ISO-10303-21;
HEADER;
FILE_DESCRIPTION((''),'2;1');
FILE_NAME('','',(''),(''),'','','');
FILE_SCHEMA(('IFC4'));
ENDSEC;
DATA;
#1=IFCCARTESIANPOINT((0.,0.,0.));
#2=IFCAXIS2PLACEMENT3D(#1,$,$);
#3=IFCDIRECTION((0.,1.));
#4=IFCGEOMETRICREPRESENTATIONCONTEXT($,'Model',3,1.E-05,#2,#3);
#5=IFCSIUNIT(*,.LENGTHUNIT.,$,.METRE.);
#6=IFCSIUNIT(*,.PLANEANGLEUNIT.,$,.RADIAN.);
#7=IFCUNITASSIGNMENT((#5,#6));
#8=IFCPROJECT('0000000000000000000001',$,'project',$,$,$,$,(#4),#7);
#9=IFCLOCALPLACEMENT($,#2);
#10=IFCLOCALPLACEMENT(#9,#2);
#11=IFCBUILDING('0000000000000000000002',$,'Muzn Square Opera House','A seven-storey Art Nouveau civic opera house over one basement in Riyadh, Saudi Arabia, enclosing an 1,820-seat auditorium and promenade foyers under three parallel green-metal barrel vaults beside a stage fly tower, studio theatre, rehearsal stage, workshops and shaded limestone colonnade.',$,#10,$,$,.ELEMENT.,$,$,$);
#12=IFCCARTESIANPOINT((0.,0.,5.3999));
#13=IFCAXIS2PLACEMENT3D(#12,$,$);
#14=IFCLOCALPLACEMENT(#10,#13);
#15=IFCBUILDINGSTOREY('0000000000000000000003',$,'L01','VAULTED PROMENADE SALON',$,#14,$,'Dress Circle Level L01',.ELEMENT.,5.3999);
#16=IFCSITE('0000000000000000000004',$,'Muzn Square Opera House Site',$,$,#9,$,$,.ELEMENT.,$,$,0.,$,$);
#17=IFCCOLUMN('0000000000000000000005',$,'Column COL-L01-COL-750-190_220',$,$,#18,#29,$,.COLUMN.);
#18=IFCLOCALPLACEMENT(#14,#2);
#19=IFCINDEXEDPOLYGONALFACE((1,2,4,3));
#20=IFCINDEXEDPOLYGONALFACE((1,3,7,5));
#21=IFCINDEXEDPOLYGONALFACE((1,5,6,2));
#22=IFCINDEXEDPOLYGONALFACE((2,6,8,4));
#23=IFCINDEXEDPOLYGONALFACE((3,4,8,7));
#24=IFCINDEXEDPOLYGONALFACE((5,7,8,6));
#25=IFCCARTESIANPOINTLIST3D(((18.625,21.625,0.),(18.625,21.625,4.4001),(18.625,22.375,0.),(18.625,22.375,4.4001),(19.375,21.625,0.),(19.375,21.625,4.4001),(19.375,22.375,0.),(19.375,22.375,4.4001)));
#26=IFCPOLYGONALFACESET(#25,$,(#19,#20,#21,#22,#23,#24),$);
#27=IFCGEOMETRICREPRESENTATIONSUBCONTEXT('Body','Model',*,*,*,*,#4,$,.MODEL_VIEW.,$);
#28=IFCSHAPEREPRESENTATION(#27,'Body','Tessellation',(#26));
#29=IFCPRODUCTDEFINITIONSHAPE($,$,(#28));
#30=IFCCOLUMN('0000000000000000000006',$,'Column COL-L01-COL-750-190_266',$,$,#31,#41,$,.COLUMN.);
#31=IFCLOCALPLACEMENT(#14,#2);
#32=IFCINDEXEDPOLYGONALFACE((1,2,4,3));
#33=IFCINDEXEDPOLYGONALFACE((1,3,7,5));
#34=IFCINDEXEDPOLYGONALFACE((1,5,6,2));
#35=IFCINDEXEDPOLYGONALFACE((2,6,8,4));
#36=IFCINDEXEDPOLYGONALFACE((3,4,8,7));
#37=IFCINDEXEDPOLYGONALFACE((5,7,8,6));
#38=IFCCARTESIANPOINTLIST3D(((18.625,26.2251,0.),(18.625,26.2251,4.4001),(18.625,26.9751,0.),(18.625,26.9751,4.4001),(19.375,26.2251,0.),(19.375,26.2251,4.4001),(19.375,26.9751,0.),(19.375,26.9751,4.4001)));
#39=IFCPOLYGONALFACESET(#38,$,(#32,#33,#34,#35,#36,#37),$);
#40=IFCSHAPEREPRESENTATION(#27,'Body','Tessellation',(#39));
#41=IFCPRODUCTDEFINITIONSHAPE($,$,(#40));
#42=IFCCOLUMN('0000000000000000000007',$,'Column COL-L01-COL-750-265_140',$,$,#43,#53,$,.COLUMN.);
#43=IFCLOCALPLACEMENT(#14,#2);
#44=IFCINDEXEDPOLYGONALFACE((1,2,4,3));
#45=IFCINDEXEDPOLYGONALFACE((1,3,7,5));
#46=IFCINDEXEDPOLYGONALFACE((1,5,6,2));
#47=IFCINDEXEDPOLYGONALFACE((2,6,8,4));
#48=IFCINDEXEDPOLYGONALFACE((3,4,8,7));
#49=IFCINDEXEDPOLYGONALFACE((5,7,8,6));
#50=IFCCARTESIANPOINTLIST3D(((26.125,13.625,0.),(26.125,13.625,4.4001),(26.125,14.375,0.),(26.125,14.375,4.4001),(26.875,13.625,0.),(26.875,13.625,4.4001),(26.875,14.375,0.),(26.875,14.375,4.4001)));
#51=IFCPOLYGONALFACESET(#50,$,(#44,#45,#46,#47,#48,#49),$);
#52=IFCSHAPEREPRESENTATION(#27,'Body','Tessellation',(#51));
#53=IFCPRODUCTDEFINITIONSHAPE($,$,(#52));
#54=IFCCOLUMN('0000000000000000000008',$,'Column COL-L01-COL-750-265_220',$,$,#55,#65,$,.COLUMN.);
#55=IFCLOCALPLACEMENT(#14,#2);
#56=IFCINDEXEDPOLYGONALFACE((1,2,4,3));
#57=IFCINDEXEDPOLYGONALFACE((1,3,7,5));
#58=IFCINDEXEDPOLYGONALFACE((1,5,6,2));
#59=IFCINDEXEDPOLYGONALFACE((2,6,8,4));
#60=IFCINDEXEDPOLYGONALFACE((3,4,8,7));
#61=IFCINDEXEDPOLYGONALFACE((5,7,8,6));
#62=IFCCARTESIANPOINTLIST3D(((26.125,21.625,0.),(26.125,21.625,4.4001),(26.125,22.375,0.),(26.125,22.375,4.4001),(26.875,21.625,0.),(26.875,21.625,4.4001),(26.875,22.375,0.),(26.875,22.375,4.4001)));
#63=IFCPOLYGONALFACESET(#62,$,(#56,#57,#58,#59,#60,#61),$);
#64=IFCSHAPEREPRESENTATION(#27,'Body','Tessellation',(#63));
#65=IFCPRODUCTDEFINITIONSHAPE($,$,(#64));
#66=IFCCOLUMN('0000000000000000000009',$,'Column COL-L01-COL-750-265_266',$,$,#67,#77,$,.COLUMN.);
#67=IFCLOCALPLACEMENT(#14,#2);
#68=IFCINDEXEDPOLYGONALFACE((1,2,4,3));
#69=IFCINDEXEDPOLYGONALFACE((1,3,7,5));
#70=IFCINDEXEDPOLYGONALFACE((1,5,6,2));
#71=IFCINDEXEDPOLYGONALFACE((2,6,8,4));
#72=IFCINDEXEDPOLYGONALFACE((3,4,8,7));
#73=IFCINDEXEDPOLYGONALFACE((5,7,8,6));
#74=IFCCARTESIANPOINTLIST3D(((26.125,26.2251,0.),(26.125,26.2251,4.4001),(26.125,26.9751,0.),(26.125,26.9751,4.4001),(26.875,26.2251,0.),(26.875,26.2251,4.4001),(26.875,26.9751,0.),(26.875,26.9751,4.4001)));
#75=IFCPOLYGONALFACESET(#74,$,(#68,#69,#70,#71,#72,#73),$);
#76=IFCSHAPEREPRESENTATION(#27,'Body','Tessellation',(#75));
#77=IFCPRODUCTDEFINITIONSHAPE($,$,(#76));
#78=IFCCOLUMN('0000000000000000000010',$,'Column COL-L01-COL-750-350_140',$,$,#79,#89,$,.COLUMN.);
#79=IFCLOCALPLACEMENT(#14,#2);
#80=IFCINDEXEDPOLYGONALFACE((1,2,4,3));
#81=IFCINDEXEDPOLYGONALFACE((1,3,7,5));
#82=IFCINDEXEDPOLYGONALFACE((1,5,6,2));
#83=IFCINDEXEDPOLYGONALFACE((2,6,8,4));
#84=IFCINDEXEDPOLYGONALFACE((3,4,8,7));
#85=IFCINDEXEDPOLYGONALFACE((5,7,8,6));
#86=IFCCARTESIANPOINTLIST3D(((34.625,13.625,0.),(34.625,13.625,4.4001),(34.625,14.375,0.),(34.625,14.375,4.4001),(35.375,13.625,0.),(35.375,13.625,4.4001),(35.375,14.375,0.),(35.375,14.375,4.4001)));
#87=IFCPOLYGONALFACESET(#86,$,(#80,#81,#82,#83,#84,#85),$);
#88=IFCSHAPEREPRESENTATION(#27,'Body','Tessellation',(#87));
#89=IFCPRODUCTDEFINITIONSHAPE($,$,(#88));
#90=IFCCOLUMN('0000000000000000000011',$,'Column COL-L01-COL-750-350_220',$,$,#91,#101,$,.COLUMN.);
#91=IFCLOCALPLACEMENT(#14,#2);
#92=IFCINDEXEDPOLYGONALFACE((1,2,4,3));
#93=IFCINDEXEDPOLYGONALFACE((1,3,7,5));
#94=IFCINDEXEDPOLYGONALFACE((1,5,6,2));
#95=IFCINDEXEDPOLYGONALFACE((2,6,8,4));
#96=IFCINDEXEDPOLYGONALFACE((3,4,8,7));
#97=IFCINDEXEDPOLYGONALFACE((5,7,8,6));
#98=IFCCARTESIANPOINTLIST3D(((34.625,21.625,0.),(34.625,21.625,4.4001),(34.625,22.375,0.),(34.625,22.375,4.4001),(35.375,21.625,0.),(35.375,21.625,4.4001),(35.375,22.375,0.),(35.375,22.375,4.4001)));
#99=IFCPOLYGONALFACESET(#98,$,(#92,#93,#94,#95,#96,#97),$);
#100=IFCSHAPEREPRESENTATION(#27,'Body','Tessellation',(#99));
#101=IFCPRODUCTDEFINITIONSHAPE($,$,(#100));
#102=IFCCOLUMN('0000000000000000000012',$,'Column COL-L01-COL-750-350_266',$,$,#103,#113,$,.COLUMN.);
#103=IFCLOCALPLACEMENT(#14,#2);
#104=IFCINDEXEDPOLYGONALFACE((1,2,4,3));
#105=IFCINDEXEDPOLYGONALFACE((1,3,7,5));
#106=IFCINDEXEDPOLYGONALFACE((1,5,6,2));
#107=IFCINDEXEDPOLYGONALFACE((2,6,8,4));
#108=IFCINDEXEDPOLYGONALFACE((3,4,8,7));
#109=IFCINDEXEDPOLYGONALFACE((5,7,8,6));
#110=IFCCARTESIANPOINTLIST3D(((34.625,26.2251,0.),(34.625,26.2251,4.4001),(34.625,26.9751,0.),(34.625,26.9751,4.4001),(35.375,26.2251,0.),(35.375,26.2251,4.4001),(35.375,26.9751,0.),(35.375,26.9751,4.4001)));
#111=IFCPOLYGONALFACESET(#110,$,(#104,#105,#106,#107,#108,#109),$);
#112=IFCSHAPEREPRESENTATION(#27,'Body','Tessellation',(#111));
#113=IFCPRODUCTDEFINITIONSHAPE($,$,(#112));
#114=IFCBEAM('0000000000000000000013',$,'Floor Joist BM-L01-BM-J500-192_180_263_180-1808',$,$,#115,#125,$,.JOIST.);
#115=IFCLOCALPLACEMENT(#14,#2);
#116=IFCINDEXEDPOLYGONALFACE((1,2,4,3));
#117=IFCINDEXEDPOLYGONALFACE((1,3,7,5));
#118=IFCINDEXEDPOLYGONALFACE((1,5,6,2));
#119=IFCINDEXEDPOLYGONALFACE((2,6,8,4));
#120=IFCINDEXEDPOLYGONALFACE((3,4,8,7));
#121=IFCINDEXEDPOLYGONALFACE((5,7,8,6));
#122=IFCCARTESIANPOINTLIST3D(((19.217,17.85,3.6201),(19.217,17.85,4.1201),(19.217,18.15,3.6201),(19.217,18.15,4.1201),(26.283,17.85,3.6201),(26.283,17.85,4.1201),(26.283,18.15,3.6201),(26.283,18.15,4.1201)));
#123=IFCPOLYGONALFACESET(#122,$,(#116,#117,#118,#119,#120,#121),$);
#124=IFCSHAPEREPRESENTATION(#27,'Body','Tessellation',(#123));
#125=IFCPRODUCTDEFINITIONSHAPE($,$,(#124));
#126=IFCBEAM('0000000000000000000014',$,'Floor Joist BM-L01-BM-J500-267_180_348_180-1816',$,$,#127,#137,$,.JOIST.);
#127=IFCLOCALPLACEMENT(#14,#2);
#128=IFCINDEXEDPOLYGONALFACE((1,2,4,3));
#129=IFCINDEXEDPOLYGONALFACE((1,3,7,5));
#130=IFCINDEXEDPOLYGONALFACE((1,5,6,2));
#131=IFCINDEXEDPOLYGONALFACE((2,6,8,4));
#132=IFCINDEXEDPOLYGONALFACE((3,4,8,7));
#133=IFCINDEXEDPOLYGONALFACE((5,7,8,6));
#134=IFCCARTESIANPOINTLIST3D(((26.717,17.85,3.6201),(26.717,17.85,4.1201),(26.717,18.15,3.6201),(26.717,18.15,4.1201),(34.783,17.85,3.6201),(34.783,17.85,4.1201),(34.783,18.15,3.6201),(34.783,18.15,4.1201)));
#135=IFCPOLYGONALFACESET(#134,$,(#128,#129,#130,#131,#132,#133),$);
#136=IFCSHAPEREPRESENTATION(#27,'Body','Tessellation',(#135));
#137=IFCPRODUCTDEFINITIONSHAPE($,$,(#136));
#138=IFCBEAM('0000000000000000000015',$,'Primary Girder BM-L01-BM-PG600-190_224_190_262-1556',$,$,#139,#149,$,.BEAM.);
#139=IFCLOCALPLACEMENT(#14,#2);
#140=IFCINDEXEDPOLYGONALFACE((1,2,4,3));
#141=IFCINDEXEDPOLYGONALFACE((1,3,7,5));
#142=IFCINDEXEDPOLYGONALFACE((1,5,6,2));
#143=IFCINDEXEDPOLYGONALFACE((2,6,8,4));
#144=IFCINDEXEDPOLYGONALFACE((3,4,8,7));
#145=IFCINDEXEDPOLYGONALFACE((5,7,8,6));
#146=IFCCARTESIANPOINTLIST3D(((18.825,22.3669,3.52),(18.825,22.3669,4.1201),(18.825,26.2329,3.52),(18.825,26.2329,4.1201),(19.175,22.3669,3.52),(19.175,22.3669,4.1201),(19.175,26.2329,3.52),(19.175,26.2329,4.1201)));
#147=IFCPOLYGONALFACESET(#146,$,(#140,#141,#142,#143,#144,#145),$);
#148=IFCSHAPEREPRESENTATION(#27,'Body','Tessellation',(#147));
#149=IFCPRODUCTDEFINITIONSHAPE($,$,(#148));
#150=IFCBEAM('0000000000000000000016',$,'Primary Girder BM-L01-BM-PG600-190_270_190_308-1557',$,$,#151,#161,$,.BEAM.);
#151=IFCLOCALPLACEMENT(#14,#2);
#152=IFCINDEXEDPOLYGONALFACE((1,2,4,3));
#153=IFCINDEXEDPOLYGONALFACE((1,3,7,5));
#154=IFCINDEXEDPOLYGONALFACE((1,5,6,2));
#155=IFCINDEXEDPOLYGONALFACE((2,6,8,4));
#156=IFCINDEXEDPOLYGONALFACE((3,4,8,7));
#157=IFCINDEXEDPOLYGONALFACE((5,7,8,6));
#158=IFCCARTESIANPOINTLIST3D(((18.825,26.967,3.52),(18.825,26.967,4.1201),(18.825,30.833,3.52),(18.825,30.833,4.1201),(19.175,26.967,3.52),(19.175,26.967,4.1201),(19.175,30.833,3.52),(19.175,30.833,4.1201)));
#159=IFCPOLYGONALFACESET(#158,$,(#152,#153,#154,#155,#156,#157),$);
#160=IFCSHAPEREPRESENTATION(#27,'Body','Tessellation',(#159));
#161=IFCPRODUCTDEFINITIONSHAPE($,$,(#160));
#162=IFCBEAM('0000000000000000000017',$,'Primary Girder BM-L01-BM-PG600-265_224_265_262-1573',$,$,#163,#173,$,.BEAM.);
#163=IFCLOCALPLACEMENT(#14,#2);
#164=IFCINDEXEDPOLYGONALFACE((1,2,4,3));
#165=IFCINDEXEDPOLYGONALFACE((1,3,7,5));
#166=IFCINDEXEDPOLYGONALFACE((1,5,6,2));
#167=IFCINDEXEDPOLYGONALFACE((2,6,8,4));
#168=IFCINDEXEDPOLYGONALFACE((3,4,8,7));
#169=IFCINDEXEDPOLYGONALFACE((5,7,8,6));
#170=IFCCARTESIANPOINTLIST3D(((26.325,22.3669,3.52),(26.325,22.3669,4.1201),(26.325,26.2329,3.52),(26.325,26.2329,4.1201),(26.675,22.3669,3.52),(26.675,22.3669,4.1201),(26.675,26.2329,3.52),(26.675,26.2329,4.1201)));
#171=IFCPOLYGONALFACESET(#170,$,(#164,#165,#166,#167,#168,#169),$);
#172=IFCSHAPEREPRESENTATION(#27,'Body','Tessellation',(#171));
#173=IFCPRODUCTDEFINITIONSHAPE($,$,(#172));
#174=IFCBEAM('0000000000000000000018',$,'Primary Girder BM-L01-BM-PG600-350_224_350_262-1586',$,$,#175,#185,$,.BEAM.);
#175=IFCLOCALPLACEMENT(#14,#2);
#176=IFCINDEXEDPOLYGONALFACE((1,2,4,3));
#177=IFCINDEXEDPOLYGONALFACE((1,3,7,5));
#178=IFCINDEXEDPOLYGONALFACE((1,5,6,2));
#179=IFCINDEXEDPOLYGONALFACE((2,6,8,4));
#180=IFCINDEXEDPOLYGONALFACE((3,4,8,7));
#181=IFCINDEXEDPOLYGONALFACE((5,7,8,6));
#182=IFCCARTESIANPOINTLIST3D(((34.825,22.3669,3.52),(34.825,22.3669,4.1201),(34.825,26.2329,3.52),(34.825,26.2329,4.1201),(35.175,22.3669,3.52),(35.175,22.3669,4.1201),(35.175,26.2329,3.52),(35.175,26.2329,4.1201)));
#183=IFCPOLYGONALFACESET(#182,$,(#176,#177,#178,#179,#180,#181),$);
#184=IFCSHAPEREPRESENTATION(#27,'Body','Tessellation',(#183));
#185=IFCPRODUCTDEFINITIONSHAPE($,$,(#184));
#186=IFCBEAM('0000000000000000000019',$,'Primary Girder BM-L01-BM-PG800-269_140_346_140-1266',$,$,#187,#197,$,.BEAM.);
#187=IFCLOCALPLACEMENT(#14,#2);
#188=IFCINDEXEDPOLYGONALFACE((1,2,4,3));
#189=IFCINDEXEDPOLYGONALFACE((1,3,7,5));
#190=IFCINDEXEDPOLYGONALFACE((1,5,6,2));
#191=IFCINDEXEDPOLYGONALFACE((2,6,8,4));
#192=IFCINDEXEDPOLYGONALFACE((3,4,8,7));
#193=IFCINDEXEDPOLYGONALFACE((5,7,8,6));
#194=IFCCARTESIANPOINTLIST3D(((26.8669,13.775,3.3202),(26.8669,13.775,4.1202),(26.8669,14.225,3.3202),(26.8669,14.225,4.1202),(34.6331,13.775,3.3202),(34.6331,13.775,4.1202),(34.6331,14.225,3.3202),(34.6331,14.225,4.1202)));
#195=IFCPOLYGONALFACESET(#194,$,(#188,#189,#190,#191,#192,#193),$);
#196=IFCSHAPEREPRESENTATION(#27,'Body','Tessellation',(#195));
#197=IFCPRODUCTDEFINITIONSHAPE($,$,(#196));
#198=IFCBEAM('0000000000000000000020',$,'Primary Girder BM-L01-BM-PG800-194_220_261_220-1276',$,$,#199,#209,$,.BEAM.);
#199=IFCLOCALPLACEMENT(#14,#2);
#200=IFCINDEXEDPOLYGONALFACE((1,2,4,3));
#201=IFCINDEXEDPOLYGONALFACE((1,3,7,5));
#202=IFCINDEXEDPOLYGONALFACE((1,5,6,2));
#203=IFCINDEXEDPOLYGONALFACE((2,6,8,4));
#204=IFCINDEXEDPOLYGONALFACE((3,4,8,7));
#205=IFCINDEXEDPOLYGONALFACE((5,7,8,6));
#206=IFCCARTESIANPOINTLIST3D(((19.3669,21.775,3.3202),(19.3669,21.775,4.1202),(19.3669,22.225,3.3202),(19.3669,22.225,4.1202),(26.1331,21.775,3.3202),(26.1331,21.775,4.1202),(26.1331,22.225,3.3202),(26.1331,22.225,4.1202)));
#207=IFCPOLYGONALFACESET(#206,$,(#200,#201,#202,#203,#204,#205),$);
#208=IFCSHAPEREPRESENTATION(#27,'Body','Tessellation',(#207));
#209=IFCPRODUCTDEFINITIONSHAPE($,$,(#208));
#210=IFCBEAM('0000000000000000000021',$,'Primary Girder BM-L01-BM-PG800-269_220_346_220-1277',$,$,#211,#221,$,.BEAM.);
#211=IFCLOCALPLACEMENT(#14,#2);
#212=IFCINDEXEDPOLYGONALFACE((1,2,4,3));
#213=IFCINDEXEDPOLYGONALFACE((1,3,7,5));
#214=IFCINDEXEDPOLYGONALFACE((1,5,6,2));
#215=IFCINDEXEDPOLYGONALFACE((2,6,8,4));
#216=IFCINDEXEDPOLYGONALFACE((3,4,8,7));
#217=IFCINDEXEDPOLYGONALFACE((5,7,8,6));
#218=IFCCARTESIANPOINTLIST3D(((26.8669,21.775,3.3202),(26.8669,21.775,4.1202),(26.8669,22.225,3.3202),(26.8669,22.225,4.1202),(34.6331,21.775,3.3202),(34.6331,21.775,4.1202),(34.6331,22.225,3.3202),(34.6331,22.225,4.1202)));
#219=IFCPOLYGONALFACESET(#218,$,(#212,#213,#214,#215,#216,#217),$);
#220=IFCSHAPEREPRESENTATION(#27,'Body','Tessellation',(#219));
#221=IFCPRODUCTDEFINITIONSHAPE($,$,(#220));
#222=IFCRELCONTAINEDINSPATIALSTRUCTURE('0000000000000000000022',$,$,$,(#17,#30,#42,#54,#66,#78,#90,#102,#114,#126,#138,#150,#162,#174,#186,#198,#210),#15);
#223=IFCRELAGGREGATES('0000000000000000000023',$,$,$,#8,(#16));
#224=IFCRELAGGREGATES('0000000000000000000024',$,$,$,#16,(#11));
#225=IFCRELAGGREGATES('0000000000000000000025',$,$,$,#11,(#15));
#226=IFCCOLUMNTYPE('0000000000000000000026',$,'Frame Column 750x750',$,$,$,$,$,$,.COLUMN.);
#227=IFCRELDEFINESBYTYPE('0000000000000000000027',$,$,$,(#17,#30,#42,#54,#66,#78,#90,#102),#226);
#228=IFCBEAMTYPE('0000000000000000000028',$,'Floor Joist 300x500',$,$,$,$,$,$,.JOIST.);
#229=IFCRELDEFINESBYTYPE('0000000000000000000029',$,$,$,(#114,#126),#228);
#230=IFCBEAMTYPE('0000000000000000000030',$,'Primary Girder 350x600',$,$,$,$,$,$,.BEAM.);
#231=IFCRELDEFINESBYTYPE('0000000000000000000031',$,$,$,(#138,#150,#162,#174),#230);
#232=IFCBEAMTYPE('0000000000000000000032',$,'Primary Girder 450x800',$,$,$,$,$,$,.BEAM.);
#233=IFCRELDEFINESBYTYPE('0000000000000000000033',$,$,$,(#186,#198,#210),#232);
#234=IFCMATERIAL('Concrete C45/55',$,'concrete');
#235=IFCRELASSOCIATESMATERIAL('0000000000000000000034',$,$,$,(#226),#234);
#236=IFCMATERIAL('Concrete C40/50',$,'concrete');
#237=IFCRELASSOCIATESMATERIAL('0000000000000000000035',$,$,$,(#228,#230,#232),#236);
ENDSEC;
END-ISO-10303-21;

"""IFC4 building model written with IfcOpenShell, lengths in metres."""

from ifc_helpers import new_model, si_unit, direction, frame, origin, origin_2d, place, context, subcontext, project, spatial, rectangle, extrude, material, material_profile, profile_set, type_object, element, save


model = new_model("IFC4")

# Units and contexts
model_context = context("Model", 3, precision=1e-05, world=origin(), true_north=direction((0.0, 1.0)))
body_context = subcontext(model_context, "Body", "Model", "MODEL_VIEW")
ifc_project = project(units=[si_unit("LENGTHUNIT", "METRE"), si_unit("PLANEANGLEUNIT", "RADIAN")], contexts=[model_context])

# Site, building, storey
site_placement = place(None, origin())
site = spatial("IfcSite", under=ifc_project, at=site_placement, Name="Muzn Square Opera House Site", CompositionType="ELEMENT", RefElevation=0.0)
building_placement = place(site_placement, origin())
building = spatial("IfcBuilding", under=site, at=building_placement, Name="Muzn Square Opera House", Description="A seven-storey Art Nouveau civic opera house over one basement in Riyadh, Saudi Arabia, enclosing an 1,820-seat auditorium and promenade foyers under three parallel green-metal barrel vaults beside a stage fly tower, studio theatre, rehearsal stage, workshops and shaded limestone colonnade.", CompositionType="ELEMENT")
storey_placement = place(building_placement, frame((0.0, 0.0, 5.3999)))
storey = spatial("IfcBuildingStorey", under=building, at=storey_placement, Name="L01", Description="VAULTED PROMENADE SALON", LongName="Dress Circle Level L01", CompositionType="ELEMENT", Elevation=5.3999)

# Columns
ifc_material_1 = material(Name="Concrete C45/55", Category="concrete")
ifc_material_profile_1 = material_profile(ifc_material_1, rectangle(XDim=0.75, YDim=0.75, at=origin_2d()), Name="RC 750x750", Category="concrete")
ifc_profile_set_1 = profile_set([ifc_material_profile_1], Name="Concrete C45/55")
column_type = type_object("IfcColumnType", Name="Frame Column 750x750", PredefinedType="COLUMN", material=ifc_profile_set_1)
for number, where, z_axis, x_axis, name in (
    (1, (19.0, 22.0, 0.0), (0.0, 0.0, 1.0), (1.0, 0.0, 0.0), "Column COL-L01-COL-750-190_220"),
    (2, (19.0, 26.6001, 0.0), (0.0, 0.0, 1.0), (1.0, 0.0, 0.0), "Column COL-L01-COL-750-190_266"),
    (3, (26.5, 14.0, 0.0), (0.0, 0.0, 1.0), (1.0, 0.0, 0.0), "Column COL-L01-COL-750-265_140"),
    (4, (26.5, 22.0, 0.0), (0.0, 0.0, 1.0), (1.0, 0.0, 0.0), "Column COL-L01-COL-750-265_220"),
    (5, (26.5, 26.6001, 0.0), (0.0, 0.0, 1.0), (1.0, 0.0, 0.0), "Column COL-L01-COL-750-265_266"),
    (6, (35.0, 14.0, 0.0), (0.0, 0.0, 1.0), (1.0, 0.0, 0.0), "Column COL-L01-COL-750-350_140"),
    (7, (35.0, 22.0, 0.0), (0.0, 0.0, 1.0), (1.0, 0.0, 0.0), "Column COL-L01-COL-750-350_220"),
    (8, (35.0, 26.6001, 0.0), (0.0, 0.0, 1.0), (1.0, 0.0, 0.0), "Column COL-L01-COL-750-350_266"),
):
    element("IfcColumn", number, at=place(storey_placement, frame(where, z_axis=z_axis, x_axis=x_axis)), inside=storey, type_object=column_type, Name=name, PredefinedType="COLUMN", context=body_context, shape_type="SweptSolid", body=[
        extrude(rectangle(XDim=0.75, YDim=0.75, at=origin_2d()), origin(), (0.0, 0.0, 1.0), 4.4001),
    ])

# Beams
ifc_material_2 = material(Name="Concrete C40/50", Category="concrete")
ifc_material_profile_2 = material_profile(ifc_material_2, rectangle(XDim=0.3, YDim=0.5, at=origin_2d()), Name="RCJ 300x500", Category="concrete")
ifc_profile_set_2 = profile_set([ifc_material_profile_2], Name="Concrete C40/50")
beam_type_1 = type_object("IfcBeamType", Name="Floor Joist 300x500", PredefinedType="JOIST", material=ifc_profile_set_2)
beam_1_placement = place(storey_placement, frame((19.217, 18.0, 3.8701), z_axis=(1.0, 0.0, 0.0), x_axis=(0.0, 1.0, 0.0)))
element("IfcBeam", 9, at=beam_1_placement, inside=storey, type_object=beam_type_1, Name="Floor Joist BM-L01-BM-J500-192_180_263_180-1808", PredefinedType="JOIST", context=body_context, shape_type="SweptSolid", body=[
    extrude(rectangle(XDim=0.3, YDim=0.5, at=origin_2d()), origin(), (0.0, 0.0, 1.0), 7.0659),
])
beam_2_placement = place(storey_placement, frame((26.717, 18.0, 3.8701), z_axis=(1.0, 0.0, 0.0), x_axis=(0.0, 1.0, 0.0)))
element("IfcBeam", 10, at=beam_2_placement, inside=storey, type_object=beam_type_1, Name="Floor Joist BM-L01-BM-J500-267_180_348_180-1816", PredefinedType="JOIST", context=body_context, shape_type="SweptSolid", body=[
    extrude(rectangle(XDim=0.3, YDim=0.5, at=origin_2d()), origin(), (0.0, 0.0, 1.0), 8.0659),
])
ifc_material_profile_3 = material_profile(ifc_material_2, rectangle(XDim=0.3501, YDim=0.6001, at=origin_2d()), Name="RCB 350x600", Category="concrete")
ifc_profile_set_3 = profile_set([ifc_material_profile_3], Name="Concrete C40/50")
beam_type_2 = type_object("IfcBeamType", Name="Primary Girder 350x600", PredefinedType="BEAM", material=ifc_profile_set_3)
for number, where, z_axis, x_axis, name in (
    (11, (19.0, 22.3669, 3.8201), (0.0, 1.0, 0.0), (-1.0, 0.0, 0.0), "Primary Girder BM-L01-BM-PG600-190_224_190_262-1556"),
    (12, (19.0, 26.967, 3.8201), (0.0, 1.0, 0.0), (-1.0, 0.0, 0.0), "Primary Girder BM-L01-BM-PG600-190_270_190_308-1557"),
    (13, (26.5, 22.3669, 3.8201), (0.0, 1.0, 0.0), (-1.0, 0.0, 0.0), "Primary Girder BM-L01-BM-PG600-265_224_265_262-1573"),
    (14, (35.0, 22.3669, 3.8201), (0.0, 1.0, 0.0), (-1.0, 0.0, 0.0), "Primary Girder BM-L01-BM-PG600-350_224_350_262-1586"),
):
    element("IfcBeam", number, at=place(storey_placement, frame(where, z_axis=z_axis, x_axis=x_axis)), inside=storey, type_object=beam_type_2, Name=name, PredefinedType="BEAM", context=body_context, shape_type="SweptSolid", body=[
        extrude(rectangle(XDim=0.3501, YDim=0.6001, at=origin_2d()), origin(), (0.0, 0.0, 1.0), 3.866),
    ])
ifc_material_profile_4 = material_profile(ifc_material_2, rectangle(XDim=0.45, YDim=0.8, at=origin_2d()), Name="RCB 450x800", Category="concrete")
ifc_profile_set_4 = profile_set([ifc_material_profile_4], Name="Concrete C40/50")
beam_type_3 = type_object("IfcBeamType", Name="Primary Girder 450x800", PredefinedType="BEAM", material=ifc_profile_set_4)
beam_3_placement = place(storey_placement, frame((26.8669, 14.0, 3.7202), z_axis=(1.0, 0.0, 0.0), x_axis=(0.0, 1.0, 0.0)))
element("IfcBeam", 15, at=beam_3_placement, inside=storey, type_object=beam_type_3, Name="Primary Girder BM-L01-BM-PG800-269_140_346_140-1266", PredefinedType="BEAM", context=body_context, shape_type="SweptSolid", body=[
    extrude(rectangle(XDim=0.45, YDim=0.8, at=origin_2d()), origin(), (0.0, 0.0, 1.0), 7.7661),
])
beam_4_placement = place(storey_placement, frame((19.3669, 22.0, 3.7202), z_axis=(1.0, 0.0, 0.0), x_axis=(0.0, 1.0, 0.0)))
element("IfcBeam", 16, at=beam_4_placement, inside=storey, type_object=beam_type_3, Name="Primary Girder BM-L01-BM-PG800-194_220_261_220-1276", PredefinedType="BEAM", context=body_context, shape_type="SweptSolid", body=[
    extrude(rectangle(XDim=0.45, YDim=0.8, at=origin_2d()), origin(), (0.0, 0.0, 1.0), 6.7661),
])
beam_5_placement = place(storey_placement, frame((26.8669, 22.0, 3.7202), z_axis=(1.0, 0.0, 0.0), x_axis=(0.0, 1.0, 0.0)))
element("IfcBeam", 17, at=beam_5_placement, inside=storey, type_object=beam_type_3, Name="Primary Girder BM-L01-BM-PG800-269_220_346_220-1277", PredefinedType="BEAM", context=body_context, shape_type="SweptSolid", body=[
    extrude(rectangle(XDim=0.45, YDim=0.8, at=origin_2d()), origin(), (0.0, 0.0, 1.0), 7.7661),
])

save(model, "model.ifc")
